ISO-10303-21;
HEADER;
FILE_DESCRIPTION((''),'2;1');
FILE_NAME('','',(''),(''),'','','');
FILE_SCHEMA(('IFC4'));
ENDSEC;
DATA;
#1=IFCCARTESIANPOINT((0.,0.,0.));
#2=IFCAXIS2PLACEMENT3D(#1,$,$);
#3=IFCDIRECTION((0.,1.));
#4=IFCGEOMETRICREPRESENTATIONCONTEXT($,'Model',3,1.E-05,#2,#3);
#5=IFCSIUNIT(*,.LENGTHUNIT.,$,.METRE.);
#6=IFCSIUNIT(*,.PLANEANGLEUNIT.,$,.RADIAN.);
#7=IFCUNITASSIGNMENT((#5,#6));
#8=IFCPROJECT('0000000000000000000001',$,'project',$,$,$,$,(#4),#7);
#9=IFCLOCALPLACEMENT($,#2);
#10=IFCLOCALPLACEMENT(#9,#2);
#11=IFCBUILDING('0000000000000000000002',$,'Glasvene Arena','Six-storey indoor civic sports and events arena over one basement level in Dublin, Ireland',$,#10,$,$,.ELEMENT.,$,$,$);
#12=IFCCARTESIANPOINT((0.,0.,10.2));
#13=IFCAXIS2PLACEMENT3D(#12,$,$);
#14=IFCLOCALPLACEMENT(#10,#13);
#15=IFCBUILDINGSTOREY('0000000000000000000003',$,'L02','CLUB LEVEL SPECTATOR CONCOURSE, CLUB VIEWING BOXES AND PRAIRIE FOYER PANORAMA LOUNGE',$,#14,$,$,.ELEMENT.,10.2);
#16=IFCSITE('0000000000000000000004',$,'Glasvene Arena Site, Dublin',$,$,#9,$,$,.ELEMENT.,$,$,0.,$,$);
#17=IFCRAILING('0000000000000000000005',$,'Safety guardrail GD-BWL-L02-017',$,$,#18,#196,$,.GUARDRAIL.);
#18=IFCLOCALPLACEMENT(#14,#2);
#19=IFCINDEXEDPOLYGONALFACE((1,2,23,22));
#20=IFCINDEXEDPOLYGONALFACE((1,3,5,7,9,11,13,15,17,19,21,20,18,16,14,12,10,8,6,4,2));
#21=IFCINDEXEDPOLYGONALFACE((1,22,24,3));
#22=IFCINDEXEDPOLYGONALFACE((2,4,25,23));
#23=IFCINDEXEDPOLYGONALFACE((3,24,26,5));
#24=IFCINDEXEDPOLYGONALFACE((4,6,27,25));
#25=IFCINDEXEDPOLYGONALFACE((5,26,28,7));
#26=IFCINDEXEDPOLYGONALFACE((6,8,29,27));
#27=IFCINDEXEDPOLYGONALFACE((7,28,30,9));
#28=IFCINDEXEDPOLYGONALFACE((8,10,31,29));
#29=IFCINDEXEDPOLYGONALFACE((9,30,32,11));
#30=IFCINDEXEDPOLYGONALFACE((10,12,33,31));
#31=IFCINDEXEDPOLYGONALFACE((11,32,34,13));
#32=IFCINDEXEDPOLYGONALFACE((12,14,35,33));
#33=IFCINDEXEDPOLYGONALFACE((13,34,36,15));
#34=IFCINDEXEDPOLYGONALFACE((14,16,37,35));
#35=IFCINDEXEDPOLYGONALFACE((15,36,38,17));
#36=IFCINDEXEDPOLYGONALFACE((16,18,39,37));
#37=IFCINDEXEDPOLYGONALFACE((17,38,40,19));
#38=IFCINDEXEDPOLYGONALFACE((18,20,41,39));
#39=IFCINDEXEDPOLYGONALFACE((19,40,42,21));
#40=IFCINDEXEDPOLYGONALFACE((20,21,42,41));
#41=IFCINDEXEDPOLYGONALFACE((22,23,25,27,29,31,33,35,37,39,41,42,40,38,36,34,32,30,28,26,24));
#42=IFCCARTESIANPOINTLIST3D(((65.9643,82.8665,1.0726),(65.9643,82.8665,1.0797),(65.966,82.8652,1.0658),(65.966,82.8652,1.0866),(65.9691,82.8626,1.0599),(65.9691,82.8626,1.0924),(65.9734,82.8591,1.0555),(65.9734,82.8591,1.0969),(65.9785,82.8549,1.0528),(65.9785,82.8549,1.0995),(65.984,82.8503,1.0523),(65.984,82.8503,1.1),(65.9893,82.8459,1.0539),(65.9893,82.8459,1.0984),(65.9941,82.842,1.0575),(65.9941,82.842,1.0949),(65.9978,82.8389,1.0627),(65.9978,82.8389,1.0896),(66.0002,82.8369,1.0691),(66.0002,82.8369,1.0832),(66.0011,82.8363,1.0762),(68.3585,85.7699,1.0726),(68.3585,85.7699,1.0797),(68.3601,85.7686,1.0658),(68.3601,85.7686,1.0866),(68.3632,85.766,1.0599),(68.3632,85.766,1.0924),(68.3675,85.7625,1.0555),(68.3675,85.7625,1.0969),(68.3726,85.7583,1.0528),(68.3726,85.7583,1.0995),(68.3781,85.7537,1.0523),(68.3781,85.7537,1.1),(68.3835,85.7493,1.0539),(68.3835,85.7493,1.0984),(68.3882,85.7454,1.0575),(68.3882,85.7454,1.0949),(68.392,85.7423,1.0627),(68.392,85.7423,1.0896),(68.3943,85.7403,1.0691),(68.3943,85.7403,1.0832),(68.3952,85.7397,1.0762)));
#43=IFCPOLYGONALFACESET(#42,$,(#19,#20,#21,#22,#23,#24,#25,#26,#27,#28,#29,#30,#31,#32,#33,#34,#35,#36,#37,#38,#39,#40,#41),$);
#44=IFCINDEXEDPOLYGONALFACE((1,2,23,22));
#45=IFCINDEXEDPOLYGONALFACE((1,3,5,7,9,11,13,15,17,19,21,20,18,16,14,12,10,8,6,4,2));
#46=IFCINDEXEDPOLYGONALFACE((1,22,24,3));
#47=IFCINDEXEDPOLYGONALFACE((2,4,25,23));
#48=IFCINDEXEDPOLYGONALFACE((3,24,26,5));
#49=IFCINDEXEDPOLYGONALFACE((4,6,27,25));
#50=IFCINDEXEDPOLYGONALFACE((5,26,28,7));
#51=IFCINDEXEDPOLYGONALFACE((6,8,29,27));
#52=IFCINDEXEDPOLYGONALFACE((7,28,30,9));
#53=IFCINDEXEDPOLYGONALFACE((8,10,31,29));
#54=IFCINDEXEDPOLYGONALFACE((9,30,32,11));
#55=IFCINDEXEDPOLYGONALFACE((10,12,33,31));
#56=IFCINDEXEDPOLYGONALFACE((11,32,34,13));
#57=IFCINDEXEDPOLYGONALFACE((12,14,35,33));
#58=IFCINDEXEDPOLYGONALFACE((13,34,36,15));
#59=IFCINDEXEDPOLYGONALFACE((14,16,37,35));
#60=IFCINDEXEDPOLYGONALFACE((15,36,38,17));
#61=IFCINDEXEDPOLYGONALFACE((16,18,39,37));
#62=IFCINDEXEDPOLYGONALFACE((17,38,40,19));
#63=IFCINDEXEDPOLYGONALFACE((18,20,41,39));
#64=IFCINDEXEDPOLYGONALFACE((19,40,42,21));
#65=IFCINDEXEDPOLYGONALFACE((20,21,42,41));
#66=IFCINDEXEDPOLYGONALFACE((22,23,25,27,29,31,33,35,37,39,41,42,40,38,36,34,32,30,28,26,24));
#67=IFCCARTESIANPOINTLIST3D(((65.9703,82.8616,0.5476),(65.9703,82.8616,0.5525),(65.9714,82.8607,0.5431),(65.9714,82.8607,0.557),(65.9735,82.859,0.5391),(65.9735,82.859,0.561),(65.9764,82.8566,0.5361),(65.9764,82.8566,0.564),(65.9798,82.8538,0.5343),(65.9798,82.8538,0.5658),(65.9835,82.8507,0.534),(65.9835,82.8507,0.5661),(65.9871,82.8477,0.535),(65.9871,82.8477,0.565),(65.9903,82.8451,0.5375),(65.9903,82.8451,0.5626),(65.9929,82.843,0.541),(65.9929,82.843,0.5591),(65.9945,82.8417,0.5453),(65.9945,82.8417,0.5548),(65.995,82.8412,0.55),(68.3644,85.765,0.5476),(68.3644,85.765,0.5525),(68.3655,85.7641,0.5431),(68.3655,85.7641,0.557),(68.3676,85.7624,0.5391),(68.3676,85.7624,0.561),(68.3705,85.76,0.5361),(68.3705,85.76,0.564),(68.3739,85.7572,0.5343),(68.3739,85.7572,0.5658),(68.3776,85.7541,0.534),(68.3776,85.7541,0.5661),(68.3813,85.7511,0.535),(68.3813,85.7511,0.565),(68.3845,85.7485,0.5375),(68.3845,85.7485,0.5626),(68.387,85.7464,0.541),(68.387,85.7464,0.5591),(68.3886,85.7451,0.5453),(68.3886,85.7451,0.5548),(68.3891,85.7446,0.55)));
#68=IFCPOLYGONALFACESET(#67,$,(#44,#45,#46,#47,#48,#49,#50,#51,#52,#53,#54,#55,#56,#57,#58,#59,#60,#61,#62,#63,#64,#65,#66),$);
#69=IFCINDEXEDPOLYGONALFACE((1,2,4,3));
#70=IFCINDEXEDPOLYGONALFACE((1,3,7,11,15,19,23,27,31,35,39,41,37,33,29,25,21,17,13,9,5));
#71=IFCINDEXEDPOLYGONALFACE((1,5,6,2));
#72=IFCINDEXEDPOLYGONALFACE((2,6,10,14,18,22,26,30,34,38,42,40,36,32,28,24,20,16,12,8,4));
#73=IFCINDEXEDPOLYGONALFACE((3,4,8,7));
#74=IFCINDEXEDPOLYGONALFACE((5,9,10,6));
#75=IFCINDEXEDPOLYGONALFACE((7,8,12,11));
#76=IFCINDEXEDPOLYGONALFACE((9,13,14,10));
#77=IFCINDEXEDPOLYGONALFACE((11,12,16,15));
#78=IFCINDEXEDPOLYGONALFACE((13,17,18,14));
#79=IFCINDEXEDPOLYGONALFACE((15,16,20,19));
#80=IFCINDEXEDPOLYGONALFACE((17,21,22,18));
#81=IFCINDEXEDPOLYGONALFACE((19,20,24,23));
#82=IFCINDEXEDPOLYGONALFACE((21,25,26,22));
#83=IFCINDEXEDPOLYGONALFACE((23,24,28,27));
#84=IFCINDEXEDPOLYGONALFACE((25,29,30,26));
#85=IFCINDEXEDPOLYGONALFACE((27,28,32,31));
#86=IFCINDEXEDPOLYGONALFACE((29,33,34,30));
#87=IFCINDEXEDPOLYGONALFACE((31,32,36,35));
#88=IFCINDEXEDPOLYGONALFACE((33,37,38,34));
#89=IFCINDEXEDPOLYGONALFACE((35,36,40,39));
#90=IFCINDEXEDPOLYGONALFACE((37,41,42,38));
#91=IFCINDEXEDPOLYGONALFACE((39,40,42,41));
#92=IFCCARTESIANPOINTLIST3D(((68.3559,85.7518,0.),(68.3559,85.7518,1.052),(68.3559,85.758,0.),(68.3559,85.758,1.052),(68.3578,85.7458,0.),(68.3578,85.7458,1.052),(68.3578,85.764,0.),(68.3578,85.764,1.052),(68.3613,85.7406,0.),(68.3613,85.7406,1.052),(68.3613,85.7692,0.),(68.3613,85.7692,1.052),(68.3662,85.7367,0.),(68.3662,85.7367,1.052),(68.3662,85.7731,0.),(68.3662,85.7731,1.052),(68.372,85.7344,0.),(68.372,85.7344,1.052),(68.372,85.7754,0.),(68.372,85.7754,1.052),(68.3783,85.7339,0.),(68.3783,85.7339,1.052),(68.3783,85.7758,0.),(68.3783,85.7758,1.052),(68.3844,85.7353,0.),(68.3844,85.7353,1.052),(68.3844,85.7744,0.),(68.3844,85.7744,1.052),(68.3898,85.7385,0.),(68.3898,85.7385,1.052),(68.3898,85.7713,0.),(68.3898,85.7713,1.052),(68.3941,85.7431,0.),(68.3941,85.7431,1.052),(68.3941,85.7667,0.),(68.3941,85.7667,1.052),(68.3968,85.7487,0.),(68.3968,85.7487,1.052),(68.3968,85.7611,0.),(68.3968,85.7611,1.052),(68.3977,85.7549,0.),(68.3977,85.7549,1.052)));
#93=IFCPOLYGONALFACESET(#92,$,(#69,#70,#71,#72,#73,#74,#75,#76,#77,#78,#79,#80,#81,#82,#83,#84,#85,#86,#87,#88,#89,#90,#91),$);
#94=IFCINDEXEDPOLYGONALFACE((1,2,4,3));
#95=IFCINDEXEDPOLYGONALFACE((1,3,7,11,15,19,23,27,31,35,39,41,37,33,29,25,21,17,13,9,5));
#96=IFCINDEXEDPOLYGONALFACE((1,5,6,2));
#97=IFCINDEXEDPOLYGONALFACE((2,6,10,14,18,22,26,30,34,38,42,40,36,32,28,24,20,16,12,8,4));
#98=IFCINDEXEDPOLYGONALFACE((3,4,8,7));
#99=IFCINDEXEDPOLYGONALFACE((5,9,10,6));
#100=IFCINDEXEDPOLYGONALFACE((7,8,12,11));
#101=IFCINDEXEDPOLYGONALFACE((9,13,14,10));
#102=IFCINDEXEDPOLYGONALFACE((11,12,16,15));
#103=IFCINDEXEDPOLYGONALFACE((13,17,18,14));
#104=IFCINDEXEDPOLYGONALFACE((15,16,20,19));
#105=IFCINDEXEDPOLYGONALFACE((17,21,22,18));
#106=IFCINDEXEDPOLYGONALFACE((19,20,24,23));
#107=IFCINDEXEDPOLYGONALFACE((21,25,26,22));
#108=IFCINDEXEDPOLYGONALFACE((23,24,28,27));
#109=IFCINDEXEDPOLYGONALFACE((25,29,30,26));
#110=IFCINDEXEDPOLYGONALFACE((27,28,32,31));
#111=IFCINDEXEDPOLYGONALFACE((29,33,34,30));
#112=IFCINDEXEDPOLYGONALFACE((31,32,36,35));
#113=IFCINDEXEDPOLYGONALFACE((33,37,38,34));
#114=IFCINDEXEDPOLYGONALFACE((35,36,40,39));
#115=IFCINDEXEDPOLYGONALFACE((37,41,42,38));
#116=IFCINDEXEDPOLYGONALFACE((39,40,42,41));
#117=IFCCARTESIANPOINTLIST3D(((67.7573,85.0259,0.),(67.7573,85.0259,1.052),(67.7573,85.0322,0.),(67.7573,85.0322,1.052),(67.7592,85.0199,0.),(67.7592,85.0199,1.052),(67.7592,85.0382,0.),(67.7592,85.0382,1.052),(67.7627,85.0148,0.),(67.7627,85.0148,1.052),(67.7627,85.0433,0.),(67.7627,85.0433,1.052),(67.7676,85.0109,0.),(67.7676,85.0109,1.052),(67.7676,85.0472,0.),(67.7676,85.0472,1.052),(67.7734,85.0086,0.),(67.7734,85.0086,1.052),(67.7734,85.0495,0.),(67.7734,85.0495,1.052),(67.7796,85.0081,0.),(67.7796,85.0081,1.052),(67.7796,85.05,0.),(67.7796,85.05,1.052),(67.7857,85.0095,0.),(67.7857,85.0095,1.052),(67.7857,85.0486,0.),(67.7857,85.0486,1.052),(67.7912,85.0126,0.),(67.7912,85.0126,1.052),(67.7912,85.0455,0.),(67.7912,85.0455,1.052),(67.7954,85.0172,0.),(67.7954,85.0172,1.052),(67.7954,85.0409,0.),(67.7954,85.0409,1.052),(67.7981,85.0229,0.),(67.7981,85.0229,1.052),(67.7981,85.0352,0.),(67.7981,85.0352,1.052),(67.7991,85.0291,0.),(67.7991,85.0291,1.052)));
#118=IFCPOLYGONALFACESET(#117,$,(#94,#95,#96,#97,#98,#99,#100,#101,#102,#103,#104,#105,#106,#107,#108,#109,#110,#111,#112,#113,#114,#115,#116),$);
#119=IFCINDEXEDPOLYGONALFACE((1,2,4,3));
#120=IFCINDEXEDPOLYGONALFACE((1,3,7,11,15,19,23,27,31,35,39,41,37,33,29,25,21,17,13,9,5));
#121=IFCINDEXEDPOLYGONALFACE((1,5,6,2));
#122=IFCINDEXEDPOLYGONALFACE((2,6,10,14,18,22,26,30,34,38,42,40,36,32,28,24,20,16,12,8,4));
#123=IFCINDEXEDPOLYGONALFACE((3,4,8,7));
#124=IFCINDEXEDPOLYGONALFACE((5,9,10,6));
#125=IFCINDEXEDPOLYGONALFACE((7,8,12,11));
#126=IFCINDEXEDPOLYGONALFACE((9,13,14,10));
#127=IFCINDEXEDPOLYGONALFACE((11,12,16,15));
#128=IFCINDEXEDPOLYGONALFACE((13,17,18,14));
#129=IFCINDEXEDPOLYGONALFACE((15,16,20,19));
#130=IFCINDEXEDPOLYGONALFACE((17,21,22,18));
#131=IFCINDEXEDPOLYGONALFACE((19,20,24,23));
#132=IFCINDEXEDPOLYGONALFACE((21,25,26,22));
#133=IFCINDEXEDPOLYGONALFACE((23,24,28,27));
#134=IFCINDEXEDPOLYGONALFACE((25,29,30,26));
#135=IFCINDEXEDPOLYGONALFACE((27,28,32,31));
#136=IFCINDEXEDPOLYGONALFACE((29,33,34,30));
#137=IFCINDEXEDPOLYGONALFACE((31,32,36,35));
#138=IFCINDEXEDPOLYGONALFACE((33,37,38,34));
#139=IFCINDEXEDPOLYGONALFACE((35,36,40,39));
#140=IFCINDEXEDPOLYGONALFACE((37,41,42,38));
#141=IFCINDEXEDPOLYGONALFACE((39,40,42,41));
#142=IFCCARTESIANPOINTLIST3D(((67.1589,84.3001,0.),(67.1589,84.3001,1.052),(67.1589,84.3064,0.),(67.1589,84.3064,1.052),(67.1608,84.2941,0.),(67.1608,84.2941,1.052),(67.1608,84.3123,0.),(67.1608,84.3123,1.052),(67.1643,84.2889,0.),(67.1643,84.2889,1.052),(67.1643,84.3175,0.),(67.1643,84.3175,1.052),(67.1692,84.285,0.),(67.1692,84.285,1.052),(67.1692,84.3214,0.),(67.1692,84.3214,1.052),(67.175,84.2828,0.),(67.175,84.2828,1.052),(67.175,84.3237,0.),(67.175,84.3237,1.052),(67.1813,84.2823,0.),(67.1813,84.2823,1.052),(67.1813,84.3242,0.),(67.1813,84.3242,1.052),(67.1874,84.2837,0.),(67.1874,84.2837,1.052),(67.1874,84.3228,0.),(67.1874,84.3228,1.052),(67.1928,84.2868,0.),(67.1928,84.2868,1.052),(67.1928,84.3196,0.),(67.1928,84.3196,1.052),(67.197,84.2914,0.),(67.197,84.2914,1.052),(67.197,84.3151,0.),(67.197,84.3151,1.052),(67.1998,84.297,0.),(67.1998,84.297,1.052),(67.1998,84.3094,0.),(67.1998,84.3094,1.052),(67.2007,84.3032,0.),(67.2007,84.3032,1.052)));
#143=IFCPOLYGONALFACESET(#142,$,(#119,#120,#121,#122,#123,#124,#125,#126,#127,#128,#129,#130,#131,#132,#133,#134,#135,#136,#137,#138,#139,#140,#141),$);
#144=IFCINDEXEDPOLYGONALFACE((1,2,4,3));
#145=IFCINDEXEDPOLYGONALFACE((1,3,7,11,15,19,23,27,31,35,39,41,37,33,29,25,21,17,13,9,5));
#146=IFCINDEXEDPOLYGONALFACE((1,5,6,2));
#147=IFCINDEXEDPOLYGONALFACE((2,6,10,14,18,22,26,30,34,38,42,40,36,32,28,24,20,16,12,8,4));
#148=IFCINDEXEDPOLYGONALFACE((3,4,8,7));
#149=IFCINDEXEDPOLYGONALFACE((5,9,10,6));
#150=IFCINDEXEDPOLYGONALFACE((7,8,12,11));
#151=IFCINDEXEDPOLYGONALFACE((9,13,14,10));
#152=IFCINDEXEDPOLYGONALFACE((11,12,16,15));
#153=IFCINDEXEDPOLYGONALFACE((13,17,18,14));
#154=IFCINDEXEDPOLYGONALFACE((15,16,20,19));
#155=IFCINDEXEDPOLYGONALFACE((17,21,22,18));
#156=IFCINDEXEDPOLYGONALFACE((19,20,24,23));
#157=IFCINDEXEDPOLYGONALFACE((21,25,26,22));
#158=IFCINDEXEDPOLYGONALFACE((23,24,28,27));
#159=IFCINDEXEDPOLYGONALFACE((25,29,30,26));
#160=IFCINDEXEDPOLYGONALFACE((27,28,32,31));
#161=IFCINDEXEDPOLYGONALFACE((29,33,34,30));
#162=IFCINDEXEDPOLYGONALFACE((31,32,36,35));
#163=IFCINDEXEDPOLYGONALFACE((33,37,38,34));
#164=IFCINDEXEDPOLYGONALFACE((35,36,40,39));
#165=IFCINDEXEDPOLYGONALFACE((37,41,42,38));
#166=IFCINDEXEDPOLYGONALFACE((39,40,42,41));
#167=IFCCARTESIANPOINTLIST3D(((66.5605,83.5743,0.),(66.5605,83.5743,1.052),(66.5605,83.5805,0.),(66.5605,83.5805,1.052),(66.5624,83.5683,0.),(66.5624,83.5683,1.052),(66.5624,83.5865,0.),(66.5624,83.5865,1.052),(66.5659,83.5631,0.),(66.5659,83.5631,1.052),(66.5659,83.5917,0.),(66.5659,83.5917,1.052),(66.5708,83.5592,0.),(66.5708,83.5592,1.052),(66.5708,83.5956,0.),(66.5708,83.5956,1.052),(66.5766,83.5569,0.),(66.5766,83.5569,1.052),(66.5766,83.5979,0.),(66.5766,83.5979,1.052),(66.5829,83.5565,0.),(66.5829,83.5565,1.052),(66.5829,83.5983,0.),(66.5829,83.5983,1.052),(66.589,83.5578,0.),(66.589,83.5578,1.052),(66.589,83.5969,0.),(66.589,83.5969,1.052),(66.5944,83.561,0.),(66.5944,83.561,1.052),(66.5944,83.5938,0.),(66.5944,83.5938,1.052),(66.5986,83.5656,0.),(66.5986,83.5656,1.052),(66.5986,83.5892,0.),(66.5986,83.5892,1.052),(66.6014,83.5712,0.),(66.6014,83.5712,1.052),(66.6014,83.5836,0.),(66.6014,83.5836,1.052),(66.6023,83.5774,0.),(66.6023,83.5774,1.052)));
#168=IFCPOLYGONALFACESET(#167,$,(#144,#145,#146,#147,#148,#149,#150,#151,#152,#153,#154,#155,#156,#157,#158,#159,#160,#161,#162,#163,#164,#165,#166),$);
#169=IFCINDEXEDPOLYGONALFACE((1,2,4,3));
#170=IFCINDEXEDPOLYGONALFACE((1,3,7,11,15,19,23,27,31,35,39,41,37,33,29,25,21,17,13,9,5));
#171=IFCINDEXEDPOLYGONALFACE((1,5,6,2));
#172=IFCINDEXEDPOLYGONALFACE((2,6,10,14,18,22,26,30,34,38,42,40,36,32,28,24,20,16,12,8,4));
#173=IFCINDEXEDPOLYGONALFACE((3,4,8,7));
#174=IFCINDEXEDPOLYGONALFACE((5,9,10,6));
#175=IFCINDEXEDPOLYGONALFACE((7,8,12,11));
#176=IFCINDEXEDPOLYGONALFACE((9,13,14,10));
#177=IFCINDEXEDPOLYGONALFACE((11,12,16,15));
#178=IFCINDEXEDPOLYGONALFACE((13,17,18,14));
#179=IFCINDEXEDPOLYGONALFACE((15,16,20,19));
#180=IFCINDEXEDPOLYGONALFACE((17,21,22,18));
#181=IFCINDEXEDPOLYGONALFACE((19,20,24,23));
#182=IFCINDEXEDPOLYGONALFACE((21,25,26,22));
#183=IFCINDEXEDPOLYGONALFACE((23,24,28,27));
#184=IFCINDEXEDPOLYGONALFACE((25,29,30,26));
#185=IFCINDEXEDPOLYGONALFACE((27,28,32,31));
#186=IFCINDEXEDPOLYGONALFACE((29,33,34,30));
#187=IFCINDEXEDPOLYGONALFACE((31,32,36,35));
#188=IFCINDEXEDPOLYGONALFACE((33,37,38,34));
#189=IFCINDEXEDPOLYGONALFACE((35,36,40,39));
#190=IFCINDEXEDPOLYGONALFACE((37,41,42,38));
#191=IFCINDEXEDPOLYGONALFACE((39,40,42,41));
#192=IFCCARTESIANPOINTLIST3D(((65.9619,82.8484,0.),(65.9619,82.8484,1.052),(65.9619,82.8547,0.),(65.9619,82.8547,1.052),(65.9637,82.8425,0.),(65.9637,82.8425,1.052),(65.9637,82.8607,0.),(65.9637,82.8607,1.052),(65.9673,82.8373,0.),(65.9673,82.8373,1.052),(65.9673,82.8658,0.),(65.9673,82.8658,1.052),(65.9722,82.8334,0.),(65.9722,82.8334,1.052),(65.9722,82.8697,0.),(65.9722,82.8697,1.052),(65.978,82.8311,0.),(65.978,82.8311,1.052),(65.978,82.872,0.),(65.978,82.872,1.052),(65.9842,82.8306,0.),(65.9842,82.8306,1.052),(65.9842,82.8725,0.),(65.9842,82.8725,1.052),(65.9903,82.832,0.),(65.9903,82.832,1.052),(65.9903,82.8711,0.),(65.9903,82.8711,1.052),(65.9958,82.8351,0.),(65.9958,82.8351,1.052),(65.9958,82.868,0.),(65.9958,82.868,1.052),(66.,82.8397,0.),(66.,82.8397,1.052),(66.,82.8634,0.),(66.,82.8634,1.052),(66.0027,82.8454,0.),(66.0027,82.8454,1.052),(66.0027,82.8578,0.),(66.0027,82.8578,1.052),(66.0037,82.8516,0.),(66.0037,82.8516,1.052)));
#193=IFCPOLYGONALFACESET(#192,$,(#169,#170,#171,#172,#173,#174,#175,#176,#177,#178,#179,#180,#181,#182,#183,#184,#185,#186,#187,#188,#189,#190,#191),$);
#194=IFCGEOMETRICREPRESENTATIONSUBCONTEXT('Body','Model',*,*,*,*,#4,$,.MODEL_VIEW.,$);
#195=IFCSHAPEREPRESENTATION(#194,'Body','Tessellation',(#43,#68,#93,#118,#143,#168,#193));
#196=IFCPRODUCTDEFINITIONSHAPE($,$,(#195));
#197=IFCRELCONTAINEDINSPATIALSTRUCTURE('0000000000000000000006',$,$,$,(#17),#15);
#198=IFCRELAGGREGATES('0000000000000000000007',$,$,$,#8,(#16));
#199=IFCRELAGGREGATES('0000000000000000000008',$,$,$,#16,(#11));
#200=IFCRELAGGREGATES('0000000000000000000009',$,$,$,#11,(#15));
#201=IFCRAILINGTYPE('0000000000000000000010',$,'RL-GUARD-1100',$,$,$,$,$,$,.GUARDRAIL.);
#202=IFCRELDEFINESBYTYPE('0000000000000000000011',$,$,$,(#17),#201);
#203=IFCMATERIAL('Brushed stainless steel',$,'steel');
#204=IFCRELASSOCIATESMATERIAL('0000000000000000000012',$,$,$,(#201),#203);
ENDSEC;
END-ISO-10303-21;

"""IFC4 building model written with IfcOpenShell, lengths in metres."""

from ifc_helpers import new_model, si_unit, direction, frame, origin, origin_2d, place, context, subcontext, project, spatial, circle, extrude, material, type_object, element, save


model = new_model("IFC4")

# Units and contexts
model_context = context("Model", 3, precision=1e-05, world=origin(), true_north=direction((0.0, 1.0)))
body_context = subcontext(model_context, "Body", "Model", "MODEL_VIEW")
ifc_project = project(units=[si_unit("LENGTHUNIT", "METRE"), si_unit("PLANEANGLEUNIT", "RADIAN")], contexts=[model_context])

# Site, building, storey
site_placement = place(None, origin())
site = spatial("IfcSite", under=ifc_project, at=site_placement, Name="Glasvene Arena Site, Dublin", CompositionType="ELEMENT", RefElevation=0.0)
building_placement = place(site_placement, origin())
building = spatial("IfcBuilding", under=site, at=building_placement, Name="Glasvene Arena", Description="Six-storey indoor civic sports and events arena over one basement level in Dublin, Ireland", CompositionType="ELEMENT")
storey_placement = place(building_placement, frame((0.0, 0.0, 10.2)))
storey = spatial("IfcBuildingStorey", under=building, at=storey_placement, Name="L02", Description="CLUB LEVEL SPECTATOR CONCOURSE, CLUB VIEWING BOXES AND PRAIRIE FOYER PANORAMA LOUNGE", CompositionType="ELEMENT", Elevation=10.2)

# Railing
ifc_material_1 = material(Name="Brushed stainless steel", Category="steel")
railing_type = type_object("IfcRailingType", Name="RL-GUARD-1100", PredefinedType="GUARDRAIL", material=ifc_material_1)
railing_1_placement = place(storey_placement, frame((68.3767, 85.7549, 0.0)))
element("IfcRailing", 1, at=railing_1_placement, inside=storey, type_object=railing_type, Name="Safety guardrail GD-BWL-L02-017", PredefinedType="GUARDRAIL", context=body_context, shape_type="SweptSolid", body=[
    extrude(circle(Radius=0.0239, at=origin_2d()), frame((0.0, 0.0, 1.0762), z_axis=(-0.636194, -0.771529, 0.0), x_axis=(0.771529, -0.636194, 0.0)), (0.0, 0.0, 1.0), 3.7632),
    extrude(circle(Radius=0.0161, at=origin_2d()), frame((0.0, 0.0, 0.55), z_axis=(-0.636194, -0.771529, 0.0), x_axis=(0.771529, -0.636194, 0.0)), (0.0, 0.0, 1.0), 3.7632),
    extrude(circle(Radius=0.021, at=origin_2d()), origin(), (0.0, 0.0, 1.0), 1.052),
    extrude(circle(Radius=0.021, at=origin_2d()), frame((-0.5986, -0.7258, 0.0)), (0.0, 0.0, 1.0), 1.052),
    extrude(circle(Radius=0.021, at=origin_2d()), frame((-1.197, -1.4517, 0.0)), (0.0, 0.0, 1.0), 1.052),
    extrude(circle(Radius=0.021, at=origin_2d()), frame((-1.7954, -2.1775, 0.0)), (0.0, 0.0, 1.0), 1.052),
    extrude(circle(Radius=0.021, at=origin_2d()), frame((-2.394, -2.9033, 0.0)), (0.0, 0.0, 1.0), 1.052),
])

save(model, "model.ifc")
